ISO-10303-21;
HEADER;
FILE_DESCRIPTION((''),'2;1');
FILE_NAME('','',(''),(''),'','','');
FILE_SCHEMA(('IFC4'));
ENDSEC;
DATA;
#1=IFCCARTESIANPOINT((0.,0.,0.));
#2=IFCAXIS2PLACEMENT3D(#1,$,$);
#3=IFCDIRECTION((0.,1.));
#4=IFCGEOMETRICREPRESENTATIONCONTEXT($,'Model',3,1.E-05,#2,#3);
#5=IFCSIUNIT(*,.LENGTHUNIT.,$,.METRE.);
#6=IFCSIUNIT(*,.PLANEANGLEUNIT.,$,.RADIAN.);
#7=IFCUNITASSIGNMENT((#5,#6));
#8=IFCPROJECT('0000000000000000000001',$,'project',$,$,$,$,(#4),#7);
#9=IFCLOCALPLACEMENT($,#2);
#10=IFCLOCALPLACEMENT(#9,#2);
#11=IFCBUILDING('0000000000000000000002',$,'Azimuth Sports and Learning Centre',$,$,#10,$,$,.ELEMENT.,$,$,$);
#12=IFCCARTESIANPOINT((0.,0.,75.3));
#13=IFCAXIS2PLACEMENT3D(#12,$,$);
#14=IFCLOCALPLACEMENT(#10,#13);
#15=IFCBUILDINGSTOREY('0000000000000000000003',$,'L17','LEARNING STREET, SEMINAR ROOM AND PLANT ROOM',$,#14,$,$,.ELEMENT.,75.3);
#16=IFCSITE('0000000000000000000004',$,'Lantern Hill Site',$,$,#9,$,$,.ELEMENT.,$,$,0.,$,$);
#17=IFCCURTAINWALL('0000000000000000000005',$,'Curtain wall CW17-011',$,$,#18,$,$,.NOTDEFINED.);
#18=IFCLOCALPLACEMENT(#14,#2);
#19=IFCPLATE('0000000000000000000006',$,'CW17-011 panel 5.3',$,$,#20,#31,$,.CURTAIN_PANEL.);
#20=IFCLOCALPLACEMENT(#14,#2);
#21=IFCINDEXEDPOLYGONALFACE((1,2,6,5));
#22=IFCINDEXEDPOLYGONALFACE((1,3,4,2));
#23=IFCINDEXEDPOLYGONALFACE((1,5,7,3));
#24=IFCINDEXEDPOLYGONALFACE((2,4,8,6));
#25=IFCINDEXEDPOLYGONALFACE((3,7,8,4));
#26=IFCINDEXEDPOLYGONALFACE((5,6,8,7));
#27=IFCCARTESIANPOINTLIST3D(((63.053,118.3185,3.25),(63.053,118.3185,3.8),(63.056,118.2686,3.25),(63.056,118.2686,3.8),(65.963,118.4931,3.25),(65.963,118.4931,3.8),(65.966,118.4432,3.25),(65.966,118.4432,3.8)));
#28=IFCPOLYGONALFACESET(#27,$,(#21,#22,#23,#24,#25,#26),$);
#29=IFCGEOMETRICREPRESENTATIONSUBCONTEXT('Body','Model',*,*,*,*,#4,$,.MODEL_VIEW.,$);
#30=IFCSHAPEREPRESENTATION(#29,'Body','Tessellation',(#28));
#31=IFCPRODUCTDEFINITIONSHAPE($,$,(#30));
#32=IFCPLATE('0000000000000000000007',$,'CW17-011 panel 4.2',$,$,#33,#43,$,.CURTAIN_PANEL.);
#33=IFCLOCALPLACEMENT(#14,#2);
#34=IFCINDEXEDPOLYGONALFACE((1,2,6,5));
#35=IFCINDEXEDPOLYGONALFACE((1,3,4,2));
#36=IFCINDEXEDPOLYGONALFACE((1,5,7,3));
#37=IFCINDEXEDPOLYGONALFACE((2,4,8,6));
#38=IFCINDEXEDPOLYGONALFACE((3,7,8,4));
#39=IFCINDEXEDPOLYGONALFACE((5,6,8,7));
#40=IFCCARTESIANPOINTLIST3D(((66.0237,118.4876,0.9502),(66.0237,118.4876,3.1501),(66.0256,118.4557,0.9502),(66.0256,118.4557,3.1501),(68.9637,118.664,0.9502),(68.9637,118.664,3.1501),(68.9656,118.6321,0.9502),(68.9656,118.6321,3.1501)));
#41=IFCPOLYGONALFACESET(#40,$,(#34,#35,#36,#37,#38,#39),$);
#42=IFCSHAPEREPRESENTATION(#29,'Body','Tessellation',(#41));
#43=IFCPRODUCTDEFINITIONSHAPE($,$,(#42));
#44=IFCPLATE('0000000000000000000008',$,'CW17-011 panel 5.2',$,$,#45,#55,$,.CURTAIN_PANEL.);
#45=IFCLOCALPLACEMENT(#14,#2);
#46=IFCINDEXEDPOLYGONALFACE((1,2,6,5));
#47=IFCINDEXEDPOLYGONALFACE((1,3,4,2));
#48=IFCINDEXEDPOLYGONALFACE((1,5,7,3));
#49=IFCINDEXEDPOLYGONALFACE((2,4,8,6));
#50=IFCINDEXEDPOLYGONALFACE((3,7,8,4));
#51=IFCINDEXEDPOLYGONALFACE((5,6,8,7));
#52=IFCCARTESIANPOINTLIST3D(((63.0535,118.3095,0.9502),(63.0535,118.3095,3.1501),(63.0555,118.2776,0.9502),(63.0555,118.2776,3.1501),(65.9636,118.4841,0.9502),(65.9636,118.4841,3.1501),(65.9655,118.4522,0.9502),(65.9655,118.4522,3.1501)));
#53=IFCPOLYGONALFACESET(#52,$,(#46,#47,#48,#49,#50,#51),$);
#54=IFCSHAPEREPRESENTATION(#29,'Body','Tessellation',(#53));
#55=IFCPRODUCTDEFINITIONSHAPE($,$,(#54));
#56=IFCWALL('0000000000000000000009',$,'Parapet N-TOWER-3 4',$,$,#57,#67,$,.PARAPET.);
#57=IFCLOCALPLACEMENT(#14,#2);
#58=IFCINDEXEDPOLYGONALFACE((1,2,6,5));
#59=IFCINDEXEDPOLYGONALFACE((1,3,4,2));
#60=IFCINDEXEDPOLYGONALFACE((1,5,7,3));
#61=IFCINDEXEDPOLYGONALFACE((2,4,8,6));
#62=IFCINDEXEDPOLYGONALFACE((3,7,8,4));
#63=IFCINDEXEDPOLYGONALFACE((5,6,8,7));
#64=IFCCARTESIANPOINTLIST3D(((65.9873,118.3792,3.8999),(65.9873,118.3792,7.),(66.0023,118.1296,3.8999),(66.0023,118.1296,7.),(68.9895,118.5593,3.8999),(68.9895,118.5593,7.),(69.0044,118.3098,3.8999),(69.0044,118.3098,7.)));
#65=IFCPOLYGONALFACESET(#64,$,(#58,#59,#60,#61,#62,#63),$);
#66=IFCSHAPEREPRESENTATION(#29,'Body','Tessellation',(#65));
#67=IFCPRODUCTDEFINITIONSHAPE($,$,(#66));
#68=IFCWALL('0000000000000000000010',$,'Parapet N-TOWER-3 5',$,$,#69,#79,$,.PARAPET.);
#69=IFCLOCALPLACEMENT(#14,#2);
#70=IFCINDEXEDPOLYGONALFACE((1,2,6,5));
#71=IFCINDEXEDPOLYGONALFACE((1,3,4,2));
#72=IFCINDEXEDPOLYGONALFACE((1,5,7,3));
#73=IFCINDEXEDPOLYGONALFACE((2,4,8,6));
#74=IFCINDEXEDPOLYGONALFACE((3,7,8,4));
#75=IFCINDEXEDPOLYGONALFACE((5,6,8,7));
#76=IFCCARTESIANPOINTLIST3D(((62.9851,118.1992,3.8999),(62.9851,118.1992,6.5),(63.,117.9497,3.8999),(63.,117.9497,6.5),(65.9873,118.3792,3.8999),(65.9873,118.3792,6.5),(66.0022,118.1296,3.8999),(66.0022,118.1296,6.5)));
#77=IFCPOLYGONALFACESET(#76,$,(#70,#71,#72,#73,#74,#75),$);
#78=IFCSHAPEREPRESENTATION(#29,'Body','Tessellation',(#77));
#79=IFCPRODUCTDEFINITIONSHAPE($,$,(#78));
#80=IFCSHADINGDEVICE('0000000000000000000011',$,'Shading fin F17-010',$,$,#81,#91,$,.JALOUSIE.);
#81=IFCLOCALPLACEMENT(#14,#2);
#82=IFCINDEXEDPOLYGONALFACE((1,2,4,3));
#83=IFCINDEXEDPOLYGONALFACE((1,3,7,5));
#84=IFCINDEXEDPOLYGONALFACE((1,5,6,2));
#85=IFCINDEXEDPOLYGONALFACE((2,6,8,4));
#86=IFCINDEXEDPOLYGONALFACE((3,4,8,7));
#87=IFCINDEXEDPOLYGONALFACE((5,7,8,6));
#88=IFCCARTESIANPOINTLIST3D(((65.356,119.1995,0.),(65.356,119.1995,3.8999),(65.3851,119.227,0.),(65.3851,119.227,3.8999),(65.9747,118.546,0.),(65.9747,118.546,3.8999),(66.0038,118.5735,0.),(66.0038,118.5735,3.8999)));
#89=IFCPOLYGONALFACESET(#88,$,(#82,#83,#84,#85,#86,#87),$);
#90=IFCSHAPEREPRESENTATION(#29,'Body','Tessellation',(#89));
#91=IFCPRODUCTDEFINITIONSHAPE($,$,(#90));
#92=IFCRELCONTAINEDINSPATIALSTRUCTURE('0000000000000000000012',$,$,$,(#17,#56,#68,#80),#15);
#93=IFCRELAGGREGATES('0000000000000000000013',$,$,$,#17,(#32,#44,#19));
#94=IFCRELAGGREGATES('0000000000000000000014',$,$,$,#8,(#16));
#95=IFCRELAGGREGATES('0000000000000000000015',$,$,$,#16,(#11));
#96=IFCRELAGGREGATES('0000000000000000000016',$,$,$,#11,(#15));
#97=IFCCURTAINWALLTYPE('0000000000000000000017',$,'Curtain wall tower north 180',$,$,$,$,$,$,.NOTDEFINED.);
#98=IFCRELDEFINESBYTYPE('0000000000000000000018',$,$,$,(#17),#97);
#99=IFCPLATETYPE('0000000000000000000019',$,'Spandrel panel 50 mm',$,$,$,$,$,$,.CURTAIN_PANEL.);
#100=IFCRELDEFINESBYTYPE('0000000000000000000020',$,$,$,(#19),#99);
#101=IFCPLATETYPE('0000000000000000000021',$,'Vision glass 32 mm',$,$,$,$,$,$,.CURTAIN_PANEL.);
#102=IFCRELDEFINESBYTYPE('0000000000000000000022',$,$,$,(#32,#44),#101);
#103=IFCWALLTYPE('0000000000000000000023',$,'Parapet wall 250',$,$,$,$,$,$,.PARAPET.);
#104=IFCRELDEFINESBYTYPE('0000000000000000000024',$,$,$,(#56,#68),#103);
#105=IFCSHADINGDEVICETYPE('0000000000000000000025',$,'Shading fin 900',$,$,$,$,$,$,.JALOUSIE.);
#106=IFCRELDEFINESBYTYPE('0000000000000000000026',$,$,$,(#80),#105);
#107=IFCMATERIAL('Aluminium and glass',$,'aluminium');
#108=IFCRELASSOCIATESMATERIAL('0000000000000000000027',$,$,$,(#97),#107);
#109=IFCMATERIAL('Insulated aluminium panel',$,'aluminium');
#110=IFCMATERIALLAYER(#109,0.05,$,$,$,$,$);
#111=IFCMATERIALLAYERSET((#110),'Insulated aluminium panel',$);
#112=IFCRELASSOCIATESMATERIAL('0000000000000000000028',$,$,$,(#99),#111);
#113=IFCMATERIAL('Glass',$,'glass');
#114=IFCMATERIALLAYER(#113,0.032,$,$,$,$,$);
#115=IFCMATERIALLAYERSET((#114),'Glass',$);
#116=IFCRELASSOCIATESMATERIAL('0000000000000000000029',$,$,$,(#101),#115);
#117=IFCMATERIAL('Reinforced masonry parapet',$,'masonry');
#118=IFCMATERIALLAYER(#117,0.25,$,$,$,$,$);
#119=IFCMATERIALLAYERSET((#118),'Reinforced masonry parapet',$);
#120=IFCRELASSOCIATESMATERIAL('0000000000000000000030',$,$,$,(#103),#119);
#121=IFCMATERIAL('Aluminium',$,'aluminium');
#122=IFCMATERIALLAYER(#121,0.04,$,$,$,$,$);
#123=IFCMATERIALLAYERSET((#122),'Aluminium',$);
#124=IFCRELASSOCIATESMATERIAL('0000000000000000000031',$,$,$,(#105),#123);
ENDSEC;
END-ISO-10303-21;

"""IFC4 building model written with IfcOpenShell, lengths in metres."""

from ifc_helpers import new_model, si_unit, direction, frame, frame_2d, origin, origin_2d, place, context, subcontext, project, spatial, rectangle, extrude, material, layer, layer_set, type_object, element, aggregate, save


model = new_model("IFC4")

# Units and contexts
model_context = context("Model", 3, precision=1e-05, world=origin(), true_north=direction((0.0, 1.0)))
body_context = subcontext(model_context, "Body", "Model", "MODEL_VIEW")
ifc_project = project(units=[si_unit("LENGTHUNIT", "METRE"), si_unit("PLANEANGLEUNIT", "RADIAN")], contexts=[model_context])

# Site, building, storey
site_placement = place(None, origin())
site = spatial("IfcSite", under=ifc_project, at=site_placement, Name="Lantern Hill Site", CompositionType="ELEMENT", RefElevation=0.0)
building_placement = place(site_placement, origin())
building = spatial("IfcBuilding", under=site, at=building_placement, Name="Azimuth Sports and Learning Centre", CompositionType="ELEMENT")
storey_placement = place(building_placement, frame((0.0, 0.0, 75.3)))
storey = spatial("IfcBuildingStorey", under=building, at=storey_placement, Name="L17", Description="LEARNING STREET, SEMINAR ROOM AND PLANT ROOM", CompositionType="ELEMENT", Elevation=75.3)

# Curtain wall, plates
ifc_material_1 = material(Name="Aluminium and glass", Category="aluminium")
curtain_wall_type = type_object("IfcCurtainWallType", Name="Curtain wall tower north 180", PredefinedType="NOTDEFINED", material=ifc_material_1)
curtain_wall_placement = place(storey_placement, origin())
curtain_wall = element("IfcCurtainWall", 1, at=curtain_wall_placement, inside=storey, type_object=curtain_wall_type, Name="Curtain wall CW17-011", PredefinedType="NOTDEFINED")
ifc_material_2 = material(Name="Insulated aluminium panel", Category="aluminium")
ifc_layer_1 = layer(ifc_material_2, 0.05)
ifc_layer_set_1 = layer_set([ifc_layer_1], Name="Insulated aluminium panel")
plate_type_1 = type_object("IfcPlateType", Name="Spandrel panel 50 mm", PredefinedType="CURTAIN_PANEL", material=ifc_layer_set_1)
plate_1_placement = place(storey_placement, frame((64.5095, 118.3809, 3.25), z_axis=(0.0, 0.0, 1.0), x_axis=(-0.998205, -0.059892, 0.0)))
plate_1 = element("IfcPlate", 2, at=plate_1_placement, type_object=plate_type_1, Name="CW17-011 panel 5.3", PredefinedType="CURTAIN_PANEL", context=body_context, shape_type="SweptSolid", body=[
    extrude(rectangle(XDim=2.9153, YDim=0.05, at=origin_2d()), origin(), (0.0, 0.0, 1.0), 0.55),
])
ifc_material_3 = material(Name="Glass", Category="glass")
ifc_layer_2 = layer(ifc_material_3, 0.032)
ifc_layer_set_2 = layer_set([ifc_layer_2], Name="Glass")
plate_type_2 = type_object("IfcPlateType", Name="Vision glass 32 mm", PredefinedType="CURTAIN_PANEL", material=ifc_layer_set_2)
plate_2_placement = place(storey_placement, frame((67.4946, 118.5598, 0.9502), z_axis=(0.0, 0.0, 1.0), x_axis=(-0.998205, -0.059892, 0.0)))
plate_2 = element("IfcPlate", 3, at=plate_2_placement, type_object=plate_type_2, Name="CW17-011 panel 4.2", PredefinedType="CURTAIN_PANEL", context=body_context, shape_type="SweptSolid", body=[
    extrude(rectangle(XDim=2.9453, YDim=0.032, at=origin_2d()), origin(), (0.0, 0.0, 1.0), 2.2),
])
plate_3_placement = place(storey_placement, frame((64.5095, 118.3809, 0.9502), z_axis=(0.0, 0.0, 1.0), x_axis=(-0.998205, -0.059892, 0.0)))
plate_3 = element("IfcPlate", 4, at=plate_3_placement, type_object=plate_type_2, Name="CW17-011 panel 5.2", PredefinedType="CURTAIN_PANEL", context=body_context, shape_type="SweptSolid", body=[
    extrude(rectangle(XDim=2.9153, YDim=0.032, at=origin_2d()), origin(), (0.0, 0.0, 1.0), 2.2),
])
aggregate(curtain_wall, [plate_2, plate_3, plate_1])

# Walls
ifc_material_4 = material(Name="Reinforced masonry parapet", Category="masonry")
ifc_layer_3 = layer(ifc_material_4, 0.25)
ifc_layer_set_3 = layer_set([ifc_layer_3], Name="Reinforced masonry parapet")
wall_type = type_object("IfcWallType", Name="Parapet wall 250", PredefinedType="PARAPET", material=ifc_layer_set_3)
wall_1_placement = place(storey_placement, frame((68.9971, 118.4346, 3.8999), z_axis=(0.0, 0.0, 1.0), x_axis=(-0.998204, -0.059907, 0.0)))
element("IfcWall", 5, at=wall_1_placement, inside=storey, type_object=wall_type, Name="Parapet N-TOWER-3 4", PredefinedType="PARAPET", context=body_context, shape_type="SweptSolid", body=[
    extrude(rectangle(XDim=3.0076, YDim=0.25, at=frame_2d((1.5039, 0.0))), origin(), (0.0, 0.0, 1.0), 3.1001),
])
wall_2_placement = place(storey_placement, frame((65.9949, 118.2544, 3.8999), z_axis=(0.0, 0.0, 1.0), x_axis=(-0.998209, -0.059826, 0.0)))
element("IfcWall", 6, at=wall_2_placement, inside=storey, type_object=wall_type, Name="Parapet N-TOWER-3 5", PredefinedType="PARAPET", context=body_context, shape_type="SweptSolid", body=[
    extrude(rectangle(XDim=3.0076, YDim=0.25, at=frame_2d((1.5039, 0.0))), origin(), (0.0, 0.0, 1.0), 2.6001),
])

# Shading device
ifc_material_5 = material(Name="Aluminium", Category="aluminium")
ifc_layer_4 = layer(ifc_material_5, 0.04)
ifc_layer_set_4 = layer_set([ifc_layer_4], Name="Aluminium")
shading_device_type = type_object("IfcShadingDeviceType", Name="Shading fin 900", PredefinedType="JALOUSIE", material=ifc_layer_set_4)
shading_device_placement = place(storey_placement, frame((65.6799, 118.8865, 0.0), z_axis=(0.0, 0.0, 1.0), x_axis=(-0.687514, 0.726171, 0.0)))
element("IfcShadingDevice", 7, at=shading_device_placement, inside=storey, type_object=shading_device_type, Name="Shading fin F17-010", PredefinedType="JALOUSIE", context=body_context, shape_type="SweptSolid", body=[
    extrude(rectangle(XDim=0.8999, YDim=0.04, at=origin_2d()), origin(), (0.0, 0.0, 1.0), 3.8999),
])

save(model, "model.ifc")
